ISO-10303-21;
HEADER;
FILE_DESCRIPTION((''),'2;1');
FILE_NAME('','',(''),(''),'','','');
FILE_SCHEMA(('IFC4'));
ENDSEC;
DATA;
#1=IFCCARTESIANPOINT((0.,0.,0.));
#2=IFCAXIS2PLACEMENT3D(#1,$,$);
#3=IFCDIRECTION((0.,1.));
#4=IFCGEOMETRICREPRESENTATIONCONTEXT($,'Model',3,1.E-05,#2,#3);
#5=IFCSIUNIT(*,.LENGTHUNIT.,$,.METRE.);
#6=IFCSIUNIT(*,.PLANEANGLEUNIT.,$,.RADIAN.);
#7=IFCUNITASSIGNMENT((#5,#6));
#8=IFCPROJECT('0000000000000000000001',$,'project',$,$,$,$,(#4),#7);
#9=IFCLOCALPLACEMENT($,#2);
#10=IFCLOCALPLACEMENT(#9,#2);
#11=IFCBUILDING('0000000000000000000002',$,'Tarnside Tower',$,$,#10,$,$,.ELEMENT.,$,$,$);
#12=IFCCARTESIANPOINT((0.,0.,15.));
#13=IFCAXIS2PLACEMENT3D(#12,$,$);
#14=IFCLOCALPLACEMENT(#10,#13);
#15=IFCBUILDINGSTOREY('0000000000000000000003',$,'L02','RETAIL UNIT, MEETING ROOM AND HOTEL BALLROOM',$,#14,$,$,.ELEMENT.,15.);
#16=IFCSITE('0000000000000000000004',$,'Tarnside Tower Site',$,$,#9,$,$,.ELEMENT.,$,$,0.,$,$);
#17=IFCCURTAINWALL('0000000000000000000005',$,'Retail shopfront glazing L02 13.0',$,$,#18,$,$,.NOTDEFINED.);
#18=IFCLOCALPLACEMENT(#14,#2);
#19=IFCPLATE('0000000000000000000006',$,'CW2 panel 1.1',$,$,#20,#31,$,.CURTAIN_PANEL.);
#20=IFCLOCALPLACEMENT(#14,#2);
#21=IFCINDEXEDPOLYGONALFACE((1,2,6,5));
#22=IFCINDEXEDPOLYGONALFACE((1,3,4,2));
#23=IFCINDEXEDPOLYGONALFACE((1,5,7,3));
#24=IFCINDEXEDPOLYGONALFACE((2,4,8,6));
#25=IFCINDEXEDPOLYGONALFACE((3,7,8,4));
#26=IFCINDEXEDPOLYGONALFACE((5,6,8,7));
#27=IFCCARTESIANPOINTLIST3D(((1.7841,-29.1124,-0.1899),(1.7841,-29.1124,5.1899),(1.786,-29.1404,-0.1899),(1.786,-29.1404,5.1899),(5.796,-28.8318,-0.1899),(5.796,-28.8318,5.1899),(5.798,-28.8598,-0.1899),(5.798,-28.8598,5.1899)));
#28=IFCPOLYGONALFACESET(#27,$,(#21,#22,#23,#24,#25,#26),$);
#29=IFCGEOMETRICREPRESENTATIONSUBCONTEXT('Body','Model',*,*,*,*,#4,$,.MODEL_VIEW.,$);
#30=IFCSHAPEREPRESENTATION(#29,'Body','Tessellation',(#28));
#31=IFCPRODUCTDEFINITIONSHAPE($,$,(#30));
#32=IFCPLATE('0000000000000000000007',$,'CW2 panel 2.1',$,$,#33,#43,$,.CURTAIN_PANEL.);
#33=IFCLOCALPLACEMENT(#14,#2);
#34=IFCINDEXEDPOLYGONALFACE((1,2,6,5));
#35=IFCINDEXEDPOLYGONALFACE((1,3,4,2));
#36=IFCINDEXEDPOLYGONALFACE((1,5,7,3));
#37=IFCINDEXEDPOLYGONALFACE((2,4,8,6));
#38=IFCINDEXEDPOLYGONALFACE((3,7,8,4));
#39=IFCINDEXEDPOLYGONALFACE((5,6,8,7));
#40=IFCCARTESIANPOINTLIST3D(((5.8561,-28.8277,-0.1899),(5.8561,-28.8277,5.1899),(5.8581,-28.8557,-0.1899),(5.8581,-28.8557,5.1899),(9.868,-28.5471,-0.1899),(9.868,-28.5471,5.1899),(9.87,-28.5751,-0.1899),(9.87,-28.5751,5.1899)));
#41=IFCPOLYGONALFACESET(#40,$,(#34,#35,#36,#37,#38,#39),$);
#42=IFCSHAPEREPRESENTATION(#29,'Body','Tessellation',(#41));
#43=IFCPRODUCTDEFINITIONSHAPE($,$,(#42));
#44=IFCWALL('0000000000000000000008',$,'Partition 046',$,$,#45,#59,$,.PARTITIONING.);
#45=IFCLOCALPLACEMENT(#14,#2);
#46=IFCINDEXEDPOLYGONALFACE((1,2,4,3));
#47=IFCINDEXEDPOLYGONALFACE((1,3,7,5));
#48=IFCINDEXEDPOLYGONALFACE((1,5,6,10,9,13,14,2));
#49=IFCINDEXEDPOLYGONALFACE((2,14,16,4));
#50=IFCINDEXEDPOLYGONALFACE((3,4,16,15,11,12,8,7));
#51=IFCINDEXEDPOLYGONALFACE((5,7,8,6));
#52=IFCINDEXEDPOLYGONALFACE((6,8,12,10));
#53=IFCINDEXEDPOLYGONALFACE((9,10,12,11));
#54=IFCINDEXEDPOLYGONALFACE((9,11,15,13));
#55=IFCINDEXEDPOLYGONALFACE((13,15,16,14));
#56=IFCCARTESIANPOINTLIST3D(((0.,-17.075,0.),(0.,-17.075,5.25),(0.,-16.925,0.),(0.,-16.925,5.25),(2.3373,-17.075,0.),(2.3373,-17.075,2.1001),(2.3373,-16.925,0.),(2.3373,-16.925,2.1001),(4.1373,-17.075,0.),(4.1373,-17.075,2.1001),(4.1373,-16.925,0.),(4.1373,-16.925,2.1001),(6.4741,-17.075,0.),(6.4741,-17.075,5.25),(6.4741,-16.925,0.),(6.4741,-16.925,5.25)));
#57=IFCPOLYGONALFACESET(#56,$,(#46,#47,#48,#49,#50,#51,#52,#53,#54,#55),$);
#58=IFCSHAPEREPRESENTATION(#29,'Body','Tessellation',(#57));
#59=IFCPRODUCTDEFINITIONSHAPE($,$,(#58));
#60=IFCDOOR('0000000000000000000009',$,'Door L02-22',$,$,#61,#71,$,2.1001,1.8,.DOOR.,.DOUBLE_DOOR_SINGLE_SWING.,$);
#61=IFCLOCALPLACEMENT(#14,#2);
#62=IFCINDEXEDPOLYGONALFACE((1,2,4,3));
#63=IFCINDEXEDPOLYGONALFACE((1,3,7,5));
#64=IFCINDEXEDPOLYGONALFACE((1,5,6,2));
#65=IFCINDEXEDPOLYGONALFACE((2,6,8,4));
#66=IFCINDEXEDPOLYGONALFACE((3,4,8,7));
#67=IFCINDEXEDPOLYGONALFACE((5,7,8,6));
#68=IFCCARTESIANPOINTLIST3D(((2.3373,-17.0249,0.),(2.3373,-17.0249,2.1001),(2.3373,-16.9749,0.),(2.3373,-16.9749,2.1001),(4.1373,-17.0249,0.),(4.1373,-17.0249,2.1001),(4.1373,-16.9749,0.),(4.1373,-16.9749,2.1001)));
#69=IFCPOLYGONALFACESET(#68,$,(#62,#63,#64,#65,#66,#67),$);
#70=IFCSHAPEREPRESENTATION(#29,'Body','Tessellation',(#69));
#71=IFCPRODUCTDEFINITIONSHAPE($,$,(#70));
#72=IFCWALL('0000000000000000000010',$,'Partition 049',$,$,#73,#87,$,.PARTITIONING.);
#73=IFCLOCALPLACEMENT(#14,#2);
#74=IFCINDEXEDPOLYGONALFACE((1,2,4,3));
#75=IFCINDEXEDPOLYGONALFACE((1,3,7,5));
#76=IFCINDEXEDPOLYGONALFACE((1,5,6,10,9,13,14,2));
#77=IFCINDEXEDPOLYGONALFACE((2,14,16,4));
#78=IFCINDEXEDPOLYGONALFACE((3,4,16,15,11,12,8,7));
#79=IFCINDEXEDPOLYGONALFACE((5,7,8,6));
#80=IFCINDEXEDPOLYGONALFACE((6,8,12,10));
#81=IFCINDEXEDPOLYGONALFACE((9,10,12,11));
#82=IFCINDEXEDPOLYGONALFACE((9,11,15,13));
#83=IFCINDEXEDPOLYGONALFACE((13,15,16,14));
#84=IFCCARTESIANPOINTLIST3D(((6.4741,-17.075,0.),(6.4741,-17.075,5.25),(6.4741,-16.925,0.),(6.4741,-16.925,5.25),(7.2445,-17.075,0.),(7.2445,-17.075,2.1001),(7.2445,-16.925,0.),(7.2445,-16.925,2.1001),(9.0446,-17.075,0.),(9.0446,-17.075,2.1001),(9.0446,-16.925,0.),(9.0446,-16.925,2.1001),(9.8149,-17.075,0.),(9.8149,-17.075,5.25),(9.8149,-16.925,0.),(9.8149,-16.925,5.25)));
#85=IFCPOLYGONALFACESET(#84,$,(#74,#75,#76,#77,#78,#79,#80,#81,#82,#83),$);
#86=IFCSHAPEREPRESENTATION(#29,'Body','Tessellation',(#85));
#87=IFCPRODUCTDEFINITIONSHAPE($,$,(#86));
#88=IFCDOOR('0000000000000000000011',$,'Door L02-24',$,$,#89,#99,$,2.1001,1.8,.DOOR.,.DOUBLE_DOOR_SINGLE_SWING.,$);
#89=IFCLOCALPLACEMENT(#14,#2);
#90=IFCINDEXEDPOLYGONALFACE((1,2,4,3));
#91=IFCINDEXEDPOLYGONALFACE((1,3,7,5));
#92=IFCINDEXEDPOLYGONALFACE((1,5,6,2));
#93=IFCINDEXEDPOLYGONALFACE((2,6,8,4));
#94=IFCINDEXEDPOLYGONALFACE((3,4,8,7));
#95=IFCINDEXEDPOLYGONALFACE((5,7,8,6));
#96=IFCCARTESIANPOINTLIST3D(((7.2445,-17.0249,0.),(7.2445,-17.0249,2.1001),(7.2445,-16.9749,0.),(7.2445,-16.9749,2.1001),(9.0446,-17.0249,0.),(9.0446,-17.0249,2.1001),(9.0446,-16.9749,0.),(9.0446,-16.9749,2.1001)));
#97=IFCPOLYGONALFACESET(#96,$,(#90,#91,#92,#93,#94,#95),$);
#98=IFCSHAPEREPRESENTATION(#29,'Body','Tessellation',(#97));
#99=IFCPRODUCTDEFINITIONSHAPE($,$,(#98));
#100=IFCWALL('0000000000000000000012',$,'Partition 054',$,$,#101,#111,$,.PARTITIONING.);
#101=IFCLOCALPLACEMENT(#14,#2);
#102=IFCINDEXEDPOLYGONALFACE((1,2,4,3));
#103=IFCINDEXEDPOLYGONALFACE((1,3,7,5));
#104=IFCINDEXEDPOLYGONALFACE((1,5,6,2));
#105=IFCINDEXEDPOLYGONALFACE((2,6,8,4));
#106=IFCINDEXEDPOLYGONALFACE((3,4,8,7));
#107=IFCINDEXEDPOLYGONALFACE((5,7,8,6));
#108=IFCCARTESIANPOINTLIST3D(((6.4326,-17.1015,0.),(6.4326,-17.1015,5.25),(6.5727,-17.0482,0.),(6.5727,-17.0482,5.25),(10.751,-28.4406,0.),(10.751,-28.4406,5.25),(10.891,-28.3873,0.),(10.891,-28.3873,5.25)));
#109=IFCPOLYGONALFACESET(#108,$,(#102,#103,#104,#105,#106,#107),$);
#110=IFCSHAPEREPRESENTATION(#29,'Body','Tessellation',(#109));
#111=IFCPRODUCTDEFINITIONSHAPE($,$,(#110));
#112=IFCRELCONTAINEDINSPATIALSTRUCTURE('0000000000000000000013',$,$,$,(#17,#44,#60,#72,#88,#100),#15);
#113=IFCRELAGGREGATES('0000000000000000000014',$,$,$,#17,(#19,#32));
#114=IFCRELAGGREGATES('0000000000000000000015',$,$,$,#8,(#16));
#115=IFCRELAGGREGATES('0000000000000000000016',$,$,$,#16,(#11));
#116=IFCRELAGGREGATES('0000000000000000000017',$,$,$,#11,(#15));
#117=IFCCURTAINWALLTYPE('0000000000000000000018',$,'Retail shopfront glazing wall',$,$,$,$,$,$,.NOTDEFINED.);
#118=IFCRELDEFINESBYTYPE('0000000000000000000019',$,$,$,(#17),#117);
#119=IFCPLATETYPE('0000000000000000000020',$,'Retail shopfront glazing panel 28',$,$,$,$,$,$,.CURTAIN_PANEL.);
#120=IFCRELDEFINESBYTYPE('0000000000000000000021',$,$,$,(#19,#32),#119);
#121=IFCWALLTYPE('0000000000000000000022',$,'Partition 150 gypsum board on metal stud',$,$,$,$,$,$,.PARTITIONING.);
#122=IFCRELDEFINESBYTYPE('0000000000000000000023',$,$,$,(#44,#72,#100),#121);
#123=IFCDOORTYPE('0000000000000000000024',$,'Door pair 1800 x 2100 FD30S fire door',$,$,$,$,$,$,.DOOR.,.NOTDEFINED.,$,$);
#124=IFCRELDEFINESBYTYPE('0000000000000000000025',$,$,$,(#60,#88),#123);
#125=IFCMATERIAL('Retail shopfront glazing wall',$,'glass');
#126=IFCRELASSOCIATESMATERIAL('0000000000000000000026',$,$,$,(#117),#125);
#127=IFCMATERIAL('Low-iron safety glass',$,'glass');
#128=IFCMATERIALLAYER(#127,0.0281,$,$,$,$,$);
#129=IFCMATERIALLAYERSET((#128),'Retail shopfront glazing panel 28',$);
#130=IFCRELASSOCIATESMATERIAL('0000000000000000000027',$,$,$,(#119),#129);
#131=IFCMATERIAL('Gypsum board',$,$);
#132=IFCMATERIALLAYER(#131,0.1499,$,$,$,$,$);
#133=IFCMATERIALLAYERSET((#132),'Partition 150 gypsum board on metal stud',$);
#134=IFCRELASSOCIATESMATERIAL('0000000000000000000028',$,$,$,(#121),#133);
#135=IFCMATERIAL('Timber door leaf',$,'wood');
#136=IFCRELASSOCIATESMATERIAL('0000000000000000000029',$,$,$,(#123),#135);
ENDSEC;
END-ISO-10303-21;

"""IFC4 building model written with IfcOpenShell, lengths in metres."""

from ifc_helpers import new_model, si_unit, direction, frame, frame_2d, origin, origin_2d, place, context, subcontext, project, spatial, rectangle, extrude, material, layer, layer_set, type_object, element, fill, aggregate, save


model = new_model("IFC4")

# Units and contexts
model_context = context("Model", 3, precision=1e-05, world=origin(), true_north=direction((0.0, 1.0)))
body_context = subcontext(model_context, "Body", "Model", "MODEL_VIEW")
ifc_project = project(units=[si_unit("LENGTHUNIT", "METRE"), si_unit("PLANEANGLEUNIT", "RADIAN")], contexts=[model_context])

# Site, building, storey
site_placement = place(None, origin())
site = spatial("IfcSite", under=ifc_project, at=site_placement, Name="Tarnside Tower Site", CompositionType="ELEMENT", RefElevation=0.0)
building_placement = place(site_placement, origin())
building = spatial("IfcBuilding", under=site, at=building_placement, Name="Tarnside Tower", CompositionType="ELEMENT")
storey_placement = place(building_placement, frame((0.0, 0.0, 15.0)))
storey = spatial("IfcBuildingStorey", under=building, at=storey_placement, Name="L02", Description="RETAIL UNIT, MEETING ROOM AND HOTEL BALLROOM", CompositionType="ELEMENT", Elevation=15.0)

# Curtain wall, plates
ifc_material_1 = material(Name="Retail shopfront glazing wall", Category="glass")
curtain_wall_type = type_object("IfcCurtainWallType", Name="Retail shopfront glazing wall", PredefinedType="NOTDEFINED", material=ifc_material_1)
curtain_wall_placement = place(storey_placement, origin())
curtain_wall = element("IfcCurtainWall", 1, at=curtain_wall_placement, inside=storey, type_object=curtain_wall_type, Name="Retail shopfront glazing L02 13.0", PredefinedType="NOTDEFINED")
ifc_material_2 = material(Name="Low-iron safety glass", Category="glass")
ifc_layer_1 = layer(ifc_material_2, 0.0281)
ifc_layer_set_1 = layer_set([ifc_layer_1], Name="Retail shopfront glazing panel 28")
plate_type = type_object("IfcPlateType", Name="Retail shopfront glazing panel 28", PredefinedType="CURTAIN_PANEL", material=ifc_layer_set_1)
plate_1_placement = place(storey_placement, frame((3.791, -28.9861, -0.1899), z_axis=(0.0, 0.0, 1.0), x_axis=(0.997564, 0.069756, 0.0)))
plate_1 = element("IfcPlate", 2, at=plate_1_placement, type_object=plate_type, Name="CW2 panel 1.1", PredefinedType="CURTAIN_PANEL", context=body_context, shape_type="SweptSolid", body=[
    extrude(rectangle(XDim=4.0217, YDim=0.0281, at=origin_2d()), origin(), (0.0, 0.0, 1.0), 5.3799),
])
plate_2_placement = place(storey_placement, frame((7.863, -28.7014, -0.1899), z_axis=(0.0, 0.0, 1.0), x_axis=(0.997564, 0.069756, 0.0)))
plate_2 = element("IfcPlate", 3, at=plate_2_placement, type_object=plate_type, Name="CW2 panel 2.1", PredefinedType="CURTAIN_PANEL", context=body_context, shape_type="SweptSolid", body=[
    extrude(rectangle(XDim=4.0217, YDim=0.0281, at=origin_2d()), origin(), (0.0, 0.0, 1.0), 5.3799),
])
aggregate(curtain_wall, [plate_1, plate_2])

# Walls, openings, doors
ifc_material_3 = material(Name="Gypsum board")
ifc_layer_2 = layer(ifc_material_3, 0.1499)
ifc_layer_set_2 = layer_set([ifc_layer_2], Name="Partition 150 gypsum board on metal stud")
wall_type = type_object("IfcWallType", Name="Partition 150 gypsum board on metal stud", PredefinedType="PARTITIONING", material=ifc_layer_set_2)
wall_1_placement = place(storey_placement, frame((6.4741, -17.0, 0.0), z_axis=(0.0, 0.0, 1.0), x_axis=(-1.0, 0.0, 0.0)))
wall_1 = element("IfcWall", 4, at=wall_1_placement, inside=storey, type_object=wall_type, Name="Partition 046", PredefinedType="PARTITIONING", context=body_context, shape_type="SweptSolid", body=[
    extrude(rectangle(XDim=6.4741, YDim=0.1499, at=frame_2d((3.2371, 0.0))), origin(), (0.0, 0.0, 1.0), 5.25),
])
opening_1_placement = place(wall_1_placement, frame((2.3369, 0.0, 0.0)))
opening_1 = element("IfcOpeningElement", 5, at=opening_1_placement, cuts=wall_1, PredefinedType="OPENING", context=body_context, shape_type="SweptSolid", body=[
    extrude(rectangle(XDim=1.8, YDim=2.1001, at=frame_2d((0.8999, 1.05))), frame((0.0, 0.085, 0.0), z_axis=(0.0, -1.0, 0.0), x_axis=(1.0, 0.0, 0.0)), (0.0, 0.0, 1.0), 0.1699),
])
ifc_material_4 = material(Name="Timber door leaf", Category="wood")
door_type = type_object("IfcDoorType", Name="Door pair 1800 x 2100 FD30S fire door", OperationType="NOTDEFINED", PredefinedType="DOOR", material=ifc_material_4)
door_1_placement = place(opening_1_placement, origin())
door_1 = element("IfcDoor", 6, at=door_1_placement, inside=storey, type_object=door_type, Name="Door L02-22", OperationType="DOUBLE_DOOR_SINGLE_SWING", OverallHeight=2.1001, OverallWidth=1.8, PredefinedType="DOOR", context=body_context, shape_type="SweptSolid", body=[
    extrude(rectangle(XDim=1.8, YDim=2.1001, at=frame_2d((0.8999, 1.05))), frame((0.0, 0.0249, 0.0), z_axis=(0.0, -1.0, 0.0), x_axis=(1.0, 0.0, 0.0)), (0.0, 0.0, 1.0), 0.05),
])
fill(opening_1, door_1)
wall_2_placement = place(storey_placement, frame((9.8149, -17.0, 0.0), z_axis=(0.0, 0.0, 1.0), x_axis=(-1.0, 0.0, 0.0)))
wall_2 = element("IfcWall", 7, at=wall_2_placement, inside=storey, type_object=wall_type, Name="Partition 049", PredefinedType="PARTITIONING", context=body_context, shape_type="SweptSolid", body=[
    extrude(rectangle(XDim=3.3408, YDim=0.1499, at=frame_2d((1.6704, 0.0))), origin(), (0.0, 0.0, 1.0), 5.25),
])
opening_2_placement = place(wall_2_placement, frame((0.7705, 0.0, 0.0)))
opening_2 = element("IfcOpeningElement", 8, at=opening_2_placement, cuts=wall_2, PredefinedType="OPENING", context=body_context, shape_type="SweptSolid", body=[
    extrude(rectangle(XDim=1.8, YDim=2.1001, at=frame_2d((0.8999, 1.05))), frame((0.0, 0.085, 0.0), z_axis=(0.0, -1.0, 0.0), x_axis=(1.0, 0.0, 0.0)), (0.0, 0.0, 1.0), 0.1699),
])
door_2_placement = place(opening_2_placement, origin())
door_2 = element("IfcDoor", 9, at=door_2_placement, inside=storey, type_object=door_type, Name="Door L02-24", OperationType="DOUBLE_DOOR_SINGLE_SWING", OverallHeight=2.1001, OverallWidth=1.8, PredefinedType="DOOR", context=body_context, shape_type="SweptSolid", body=[
    extrude(rectangle(XDim=1.8, YDim=2.1001, at=frame_2d((0.8999, 1.05))), frame((0.0, 0.0249, 0.0), z_axis=(0.0, -1.0, 0.0), x_axis=(1.0, 0.0, 0.0)), (0.0, 0.0, 1.0), 0.05),
])
fill(opening_2, door_2)

# Wall
wall_3_placement = place(storey_placement, frame((10.821, -28.4141, 0.0), z_axis=(0.0, 0.0, 1.0), x_axis=(-0.355902, 0.934523, 0.0)))
element("IfcWall", 10, at=wall_3_placement, inside=storey, type_object=wall_type, Name="Partition 054", PredefinedType="PARTITIONING", context=body_context, shape_type="SweptSolid", body=[
    extrude(rectangle(XDim=12.1335, YDim=0.1499, at=frame_2d((6.0669, 0.0))), origin(), (0.0, 0.0, 1.0), 5.25),
])

save(model, "model.ifc")
